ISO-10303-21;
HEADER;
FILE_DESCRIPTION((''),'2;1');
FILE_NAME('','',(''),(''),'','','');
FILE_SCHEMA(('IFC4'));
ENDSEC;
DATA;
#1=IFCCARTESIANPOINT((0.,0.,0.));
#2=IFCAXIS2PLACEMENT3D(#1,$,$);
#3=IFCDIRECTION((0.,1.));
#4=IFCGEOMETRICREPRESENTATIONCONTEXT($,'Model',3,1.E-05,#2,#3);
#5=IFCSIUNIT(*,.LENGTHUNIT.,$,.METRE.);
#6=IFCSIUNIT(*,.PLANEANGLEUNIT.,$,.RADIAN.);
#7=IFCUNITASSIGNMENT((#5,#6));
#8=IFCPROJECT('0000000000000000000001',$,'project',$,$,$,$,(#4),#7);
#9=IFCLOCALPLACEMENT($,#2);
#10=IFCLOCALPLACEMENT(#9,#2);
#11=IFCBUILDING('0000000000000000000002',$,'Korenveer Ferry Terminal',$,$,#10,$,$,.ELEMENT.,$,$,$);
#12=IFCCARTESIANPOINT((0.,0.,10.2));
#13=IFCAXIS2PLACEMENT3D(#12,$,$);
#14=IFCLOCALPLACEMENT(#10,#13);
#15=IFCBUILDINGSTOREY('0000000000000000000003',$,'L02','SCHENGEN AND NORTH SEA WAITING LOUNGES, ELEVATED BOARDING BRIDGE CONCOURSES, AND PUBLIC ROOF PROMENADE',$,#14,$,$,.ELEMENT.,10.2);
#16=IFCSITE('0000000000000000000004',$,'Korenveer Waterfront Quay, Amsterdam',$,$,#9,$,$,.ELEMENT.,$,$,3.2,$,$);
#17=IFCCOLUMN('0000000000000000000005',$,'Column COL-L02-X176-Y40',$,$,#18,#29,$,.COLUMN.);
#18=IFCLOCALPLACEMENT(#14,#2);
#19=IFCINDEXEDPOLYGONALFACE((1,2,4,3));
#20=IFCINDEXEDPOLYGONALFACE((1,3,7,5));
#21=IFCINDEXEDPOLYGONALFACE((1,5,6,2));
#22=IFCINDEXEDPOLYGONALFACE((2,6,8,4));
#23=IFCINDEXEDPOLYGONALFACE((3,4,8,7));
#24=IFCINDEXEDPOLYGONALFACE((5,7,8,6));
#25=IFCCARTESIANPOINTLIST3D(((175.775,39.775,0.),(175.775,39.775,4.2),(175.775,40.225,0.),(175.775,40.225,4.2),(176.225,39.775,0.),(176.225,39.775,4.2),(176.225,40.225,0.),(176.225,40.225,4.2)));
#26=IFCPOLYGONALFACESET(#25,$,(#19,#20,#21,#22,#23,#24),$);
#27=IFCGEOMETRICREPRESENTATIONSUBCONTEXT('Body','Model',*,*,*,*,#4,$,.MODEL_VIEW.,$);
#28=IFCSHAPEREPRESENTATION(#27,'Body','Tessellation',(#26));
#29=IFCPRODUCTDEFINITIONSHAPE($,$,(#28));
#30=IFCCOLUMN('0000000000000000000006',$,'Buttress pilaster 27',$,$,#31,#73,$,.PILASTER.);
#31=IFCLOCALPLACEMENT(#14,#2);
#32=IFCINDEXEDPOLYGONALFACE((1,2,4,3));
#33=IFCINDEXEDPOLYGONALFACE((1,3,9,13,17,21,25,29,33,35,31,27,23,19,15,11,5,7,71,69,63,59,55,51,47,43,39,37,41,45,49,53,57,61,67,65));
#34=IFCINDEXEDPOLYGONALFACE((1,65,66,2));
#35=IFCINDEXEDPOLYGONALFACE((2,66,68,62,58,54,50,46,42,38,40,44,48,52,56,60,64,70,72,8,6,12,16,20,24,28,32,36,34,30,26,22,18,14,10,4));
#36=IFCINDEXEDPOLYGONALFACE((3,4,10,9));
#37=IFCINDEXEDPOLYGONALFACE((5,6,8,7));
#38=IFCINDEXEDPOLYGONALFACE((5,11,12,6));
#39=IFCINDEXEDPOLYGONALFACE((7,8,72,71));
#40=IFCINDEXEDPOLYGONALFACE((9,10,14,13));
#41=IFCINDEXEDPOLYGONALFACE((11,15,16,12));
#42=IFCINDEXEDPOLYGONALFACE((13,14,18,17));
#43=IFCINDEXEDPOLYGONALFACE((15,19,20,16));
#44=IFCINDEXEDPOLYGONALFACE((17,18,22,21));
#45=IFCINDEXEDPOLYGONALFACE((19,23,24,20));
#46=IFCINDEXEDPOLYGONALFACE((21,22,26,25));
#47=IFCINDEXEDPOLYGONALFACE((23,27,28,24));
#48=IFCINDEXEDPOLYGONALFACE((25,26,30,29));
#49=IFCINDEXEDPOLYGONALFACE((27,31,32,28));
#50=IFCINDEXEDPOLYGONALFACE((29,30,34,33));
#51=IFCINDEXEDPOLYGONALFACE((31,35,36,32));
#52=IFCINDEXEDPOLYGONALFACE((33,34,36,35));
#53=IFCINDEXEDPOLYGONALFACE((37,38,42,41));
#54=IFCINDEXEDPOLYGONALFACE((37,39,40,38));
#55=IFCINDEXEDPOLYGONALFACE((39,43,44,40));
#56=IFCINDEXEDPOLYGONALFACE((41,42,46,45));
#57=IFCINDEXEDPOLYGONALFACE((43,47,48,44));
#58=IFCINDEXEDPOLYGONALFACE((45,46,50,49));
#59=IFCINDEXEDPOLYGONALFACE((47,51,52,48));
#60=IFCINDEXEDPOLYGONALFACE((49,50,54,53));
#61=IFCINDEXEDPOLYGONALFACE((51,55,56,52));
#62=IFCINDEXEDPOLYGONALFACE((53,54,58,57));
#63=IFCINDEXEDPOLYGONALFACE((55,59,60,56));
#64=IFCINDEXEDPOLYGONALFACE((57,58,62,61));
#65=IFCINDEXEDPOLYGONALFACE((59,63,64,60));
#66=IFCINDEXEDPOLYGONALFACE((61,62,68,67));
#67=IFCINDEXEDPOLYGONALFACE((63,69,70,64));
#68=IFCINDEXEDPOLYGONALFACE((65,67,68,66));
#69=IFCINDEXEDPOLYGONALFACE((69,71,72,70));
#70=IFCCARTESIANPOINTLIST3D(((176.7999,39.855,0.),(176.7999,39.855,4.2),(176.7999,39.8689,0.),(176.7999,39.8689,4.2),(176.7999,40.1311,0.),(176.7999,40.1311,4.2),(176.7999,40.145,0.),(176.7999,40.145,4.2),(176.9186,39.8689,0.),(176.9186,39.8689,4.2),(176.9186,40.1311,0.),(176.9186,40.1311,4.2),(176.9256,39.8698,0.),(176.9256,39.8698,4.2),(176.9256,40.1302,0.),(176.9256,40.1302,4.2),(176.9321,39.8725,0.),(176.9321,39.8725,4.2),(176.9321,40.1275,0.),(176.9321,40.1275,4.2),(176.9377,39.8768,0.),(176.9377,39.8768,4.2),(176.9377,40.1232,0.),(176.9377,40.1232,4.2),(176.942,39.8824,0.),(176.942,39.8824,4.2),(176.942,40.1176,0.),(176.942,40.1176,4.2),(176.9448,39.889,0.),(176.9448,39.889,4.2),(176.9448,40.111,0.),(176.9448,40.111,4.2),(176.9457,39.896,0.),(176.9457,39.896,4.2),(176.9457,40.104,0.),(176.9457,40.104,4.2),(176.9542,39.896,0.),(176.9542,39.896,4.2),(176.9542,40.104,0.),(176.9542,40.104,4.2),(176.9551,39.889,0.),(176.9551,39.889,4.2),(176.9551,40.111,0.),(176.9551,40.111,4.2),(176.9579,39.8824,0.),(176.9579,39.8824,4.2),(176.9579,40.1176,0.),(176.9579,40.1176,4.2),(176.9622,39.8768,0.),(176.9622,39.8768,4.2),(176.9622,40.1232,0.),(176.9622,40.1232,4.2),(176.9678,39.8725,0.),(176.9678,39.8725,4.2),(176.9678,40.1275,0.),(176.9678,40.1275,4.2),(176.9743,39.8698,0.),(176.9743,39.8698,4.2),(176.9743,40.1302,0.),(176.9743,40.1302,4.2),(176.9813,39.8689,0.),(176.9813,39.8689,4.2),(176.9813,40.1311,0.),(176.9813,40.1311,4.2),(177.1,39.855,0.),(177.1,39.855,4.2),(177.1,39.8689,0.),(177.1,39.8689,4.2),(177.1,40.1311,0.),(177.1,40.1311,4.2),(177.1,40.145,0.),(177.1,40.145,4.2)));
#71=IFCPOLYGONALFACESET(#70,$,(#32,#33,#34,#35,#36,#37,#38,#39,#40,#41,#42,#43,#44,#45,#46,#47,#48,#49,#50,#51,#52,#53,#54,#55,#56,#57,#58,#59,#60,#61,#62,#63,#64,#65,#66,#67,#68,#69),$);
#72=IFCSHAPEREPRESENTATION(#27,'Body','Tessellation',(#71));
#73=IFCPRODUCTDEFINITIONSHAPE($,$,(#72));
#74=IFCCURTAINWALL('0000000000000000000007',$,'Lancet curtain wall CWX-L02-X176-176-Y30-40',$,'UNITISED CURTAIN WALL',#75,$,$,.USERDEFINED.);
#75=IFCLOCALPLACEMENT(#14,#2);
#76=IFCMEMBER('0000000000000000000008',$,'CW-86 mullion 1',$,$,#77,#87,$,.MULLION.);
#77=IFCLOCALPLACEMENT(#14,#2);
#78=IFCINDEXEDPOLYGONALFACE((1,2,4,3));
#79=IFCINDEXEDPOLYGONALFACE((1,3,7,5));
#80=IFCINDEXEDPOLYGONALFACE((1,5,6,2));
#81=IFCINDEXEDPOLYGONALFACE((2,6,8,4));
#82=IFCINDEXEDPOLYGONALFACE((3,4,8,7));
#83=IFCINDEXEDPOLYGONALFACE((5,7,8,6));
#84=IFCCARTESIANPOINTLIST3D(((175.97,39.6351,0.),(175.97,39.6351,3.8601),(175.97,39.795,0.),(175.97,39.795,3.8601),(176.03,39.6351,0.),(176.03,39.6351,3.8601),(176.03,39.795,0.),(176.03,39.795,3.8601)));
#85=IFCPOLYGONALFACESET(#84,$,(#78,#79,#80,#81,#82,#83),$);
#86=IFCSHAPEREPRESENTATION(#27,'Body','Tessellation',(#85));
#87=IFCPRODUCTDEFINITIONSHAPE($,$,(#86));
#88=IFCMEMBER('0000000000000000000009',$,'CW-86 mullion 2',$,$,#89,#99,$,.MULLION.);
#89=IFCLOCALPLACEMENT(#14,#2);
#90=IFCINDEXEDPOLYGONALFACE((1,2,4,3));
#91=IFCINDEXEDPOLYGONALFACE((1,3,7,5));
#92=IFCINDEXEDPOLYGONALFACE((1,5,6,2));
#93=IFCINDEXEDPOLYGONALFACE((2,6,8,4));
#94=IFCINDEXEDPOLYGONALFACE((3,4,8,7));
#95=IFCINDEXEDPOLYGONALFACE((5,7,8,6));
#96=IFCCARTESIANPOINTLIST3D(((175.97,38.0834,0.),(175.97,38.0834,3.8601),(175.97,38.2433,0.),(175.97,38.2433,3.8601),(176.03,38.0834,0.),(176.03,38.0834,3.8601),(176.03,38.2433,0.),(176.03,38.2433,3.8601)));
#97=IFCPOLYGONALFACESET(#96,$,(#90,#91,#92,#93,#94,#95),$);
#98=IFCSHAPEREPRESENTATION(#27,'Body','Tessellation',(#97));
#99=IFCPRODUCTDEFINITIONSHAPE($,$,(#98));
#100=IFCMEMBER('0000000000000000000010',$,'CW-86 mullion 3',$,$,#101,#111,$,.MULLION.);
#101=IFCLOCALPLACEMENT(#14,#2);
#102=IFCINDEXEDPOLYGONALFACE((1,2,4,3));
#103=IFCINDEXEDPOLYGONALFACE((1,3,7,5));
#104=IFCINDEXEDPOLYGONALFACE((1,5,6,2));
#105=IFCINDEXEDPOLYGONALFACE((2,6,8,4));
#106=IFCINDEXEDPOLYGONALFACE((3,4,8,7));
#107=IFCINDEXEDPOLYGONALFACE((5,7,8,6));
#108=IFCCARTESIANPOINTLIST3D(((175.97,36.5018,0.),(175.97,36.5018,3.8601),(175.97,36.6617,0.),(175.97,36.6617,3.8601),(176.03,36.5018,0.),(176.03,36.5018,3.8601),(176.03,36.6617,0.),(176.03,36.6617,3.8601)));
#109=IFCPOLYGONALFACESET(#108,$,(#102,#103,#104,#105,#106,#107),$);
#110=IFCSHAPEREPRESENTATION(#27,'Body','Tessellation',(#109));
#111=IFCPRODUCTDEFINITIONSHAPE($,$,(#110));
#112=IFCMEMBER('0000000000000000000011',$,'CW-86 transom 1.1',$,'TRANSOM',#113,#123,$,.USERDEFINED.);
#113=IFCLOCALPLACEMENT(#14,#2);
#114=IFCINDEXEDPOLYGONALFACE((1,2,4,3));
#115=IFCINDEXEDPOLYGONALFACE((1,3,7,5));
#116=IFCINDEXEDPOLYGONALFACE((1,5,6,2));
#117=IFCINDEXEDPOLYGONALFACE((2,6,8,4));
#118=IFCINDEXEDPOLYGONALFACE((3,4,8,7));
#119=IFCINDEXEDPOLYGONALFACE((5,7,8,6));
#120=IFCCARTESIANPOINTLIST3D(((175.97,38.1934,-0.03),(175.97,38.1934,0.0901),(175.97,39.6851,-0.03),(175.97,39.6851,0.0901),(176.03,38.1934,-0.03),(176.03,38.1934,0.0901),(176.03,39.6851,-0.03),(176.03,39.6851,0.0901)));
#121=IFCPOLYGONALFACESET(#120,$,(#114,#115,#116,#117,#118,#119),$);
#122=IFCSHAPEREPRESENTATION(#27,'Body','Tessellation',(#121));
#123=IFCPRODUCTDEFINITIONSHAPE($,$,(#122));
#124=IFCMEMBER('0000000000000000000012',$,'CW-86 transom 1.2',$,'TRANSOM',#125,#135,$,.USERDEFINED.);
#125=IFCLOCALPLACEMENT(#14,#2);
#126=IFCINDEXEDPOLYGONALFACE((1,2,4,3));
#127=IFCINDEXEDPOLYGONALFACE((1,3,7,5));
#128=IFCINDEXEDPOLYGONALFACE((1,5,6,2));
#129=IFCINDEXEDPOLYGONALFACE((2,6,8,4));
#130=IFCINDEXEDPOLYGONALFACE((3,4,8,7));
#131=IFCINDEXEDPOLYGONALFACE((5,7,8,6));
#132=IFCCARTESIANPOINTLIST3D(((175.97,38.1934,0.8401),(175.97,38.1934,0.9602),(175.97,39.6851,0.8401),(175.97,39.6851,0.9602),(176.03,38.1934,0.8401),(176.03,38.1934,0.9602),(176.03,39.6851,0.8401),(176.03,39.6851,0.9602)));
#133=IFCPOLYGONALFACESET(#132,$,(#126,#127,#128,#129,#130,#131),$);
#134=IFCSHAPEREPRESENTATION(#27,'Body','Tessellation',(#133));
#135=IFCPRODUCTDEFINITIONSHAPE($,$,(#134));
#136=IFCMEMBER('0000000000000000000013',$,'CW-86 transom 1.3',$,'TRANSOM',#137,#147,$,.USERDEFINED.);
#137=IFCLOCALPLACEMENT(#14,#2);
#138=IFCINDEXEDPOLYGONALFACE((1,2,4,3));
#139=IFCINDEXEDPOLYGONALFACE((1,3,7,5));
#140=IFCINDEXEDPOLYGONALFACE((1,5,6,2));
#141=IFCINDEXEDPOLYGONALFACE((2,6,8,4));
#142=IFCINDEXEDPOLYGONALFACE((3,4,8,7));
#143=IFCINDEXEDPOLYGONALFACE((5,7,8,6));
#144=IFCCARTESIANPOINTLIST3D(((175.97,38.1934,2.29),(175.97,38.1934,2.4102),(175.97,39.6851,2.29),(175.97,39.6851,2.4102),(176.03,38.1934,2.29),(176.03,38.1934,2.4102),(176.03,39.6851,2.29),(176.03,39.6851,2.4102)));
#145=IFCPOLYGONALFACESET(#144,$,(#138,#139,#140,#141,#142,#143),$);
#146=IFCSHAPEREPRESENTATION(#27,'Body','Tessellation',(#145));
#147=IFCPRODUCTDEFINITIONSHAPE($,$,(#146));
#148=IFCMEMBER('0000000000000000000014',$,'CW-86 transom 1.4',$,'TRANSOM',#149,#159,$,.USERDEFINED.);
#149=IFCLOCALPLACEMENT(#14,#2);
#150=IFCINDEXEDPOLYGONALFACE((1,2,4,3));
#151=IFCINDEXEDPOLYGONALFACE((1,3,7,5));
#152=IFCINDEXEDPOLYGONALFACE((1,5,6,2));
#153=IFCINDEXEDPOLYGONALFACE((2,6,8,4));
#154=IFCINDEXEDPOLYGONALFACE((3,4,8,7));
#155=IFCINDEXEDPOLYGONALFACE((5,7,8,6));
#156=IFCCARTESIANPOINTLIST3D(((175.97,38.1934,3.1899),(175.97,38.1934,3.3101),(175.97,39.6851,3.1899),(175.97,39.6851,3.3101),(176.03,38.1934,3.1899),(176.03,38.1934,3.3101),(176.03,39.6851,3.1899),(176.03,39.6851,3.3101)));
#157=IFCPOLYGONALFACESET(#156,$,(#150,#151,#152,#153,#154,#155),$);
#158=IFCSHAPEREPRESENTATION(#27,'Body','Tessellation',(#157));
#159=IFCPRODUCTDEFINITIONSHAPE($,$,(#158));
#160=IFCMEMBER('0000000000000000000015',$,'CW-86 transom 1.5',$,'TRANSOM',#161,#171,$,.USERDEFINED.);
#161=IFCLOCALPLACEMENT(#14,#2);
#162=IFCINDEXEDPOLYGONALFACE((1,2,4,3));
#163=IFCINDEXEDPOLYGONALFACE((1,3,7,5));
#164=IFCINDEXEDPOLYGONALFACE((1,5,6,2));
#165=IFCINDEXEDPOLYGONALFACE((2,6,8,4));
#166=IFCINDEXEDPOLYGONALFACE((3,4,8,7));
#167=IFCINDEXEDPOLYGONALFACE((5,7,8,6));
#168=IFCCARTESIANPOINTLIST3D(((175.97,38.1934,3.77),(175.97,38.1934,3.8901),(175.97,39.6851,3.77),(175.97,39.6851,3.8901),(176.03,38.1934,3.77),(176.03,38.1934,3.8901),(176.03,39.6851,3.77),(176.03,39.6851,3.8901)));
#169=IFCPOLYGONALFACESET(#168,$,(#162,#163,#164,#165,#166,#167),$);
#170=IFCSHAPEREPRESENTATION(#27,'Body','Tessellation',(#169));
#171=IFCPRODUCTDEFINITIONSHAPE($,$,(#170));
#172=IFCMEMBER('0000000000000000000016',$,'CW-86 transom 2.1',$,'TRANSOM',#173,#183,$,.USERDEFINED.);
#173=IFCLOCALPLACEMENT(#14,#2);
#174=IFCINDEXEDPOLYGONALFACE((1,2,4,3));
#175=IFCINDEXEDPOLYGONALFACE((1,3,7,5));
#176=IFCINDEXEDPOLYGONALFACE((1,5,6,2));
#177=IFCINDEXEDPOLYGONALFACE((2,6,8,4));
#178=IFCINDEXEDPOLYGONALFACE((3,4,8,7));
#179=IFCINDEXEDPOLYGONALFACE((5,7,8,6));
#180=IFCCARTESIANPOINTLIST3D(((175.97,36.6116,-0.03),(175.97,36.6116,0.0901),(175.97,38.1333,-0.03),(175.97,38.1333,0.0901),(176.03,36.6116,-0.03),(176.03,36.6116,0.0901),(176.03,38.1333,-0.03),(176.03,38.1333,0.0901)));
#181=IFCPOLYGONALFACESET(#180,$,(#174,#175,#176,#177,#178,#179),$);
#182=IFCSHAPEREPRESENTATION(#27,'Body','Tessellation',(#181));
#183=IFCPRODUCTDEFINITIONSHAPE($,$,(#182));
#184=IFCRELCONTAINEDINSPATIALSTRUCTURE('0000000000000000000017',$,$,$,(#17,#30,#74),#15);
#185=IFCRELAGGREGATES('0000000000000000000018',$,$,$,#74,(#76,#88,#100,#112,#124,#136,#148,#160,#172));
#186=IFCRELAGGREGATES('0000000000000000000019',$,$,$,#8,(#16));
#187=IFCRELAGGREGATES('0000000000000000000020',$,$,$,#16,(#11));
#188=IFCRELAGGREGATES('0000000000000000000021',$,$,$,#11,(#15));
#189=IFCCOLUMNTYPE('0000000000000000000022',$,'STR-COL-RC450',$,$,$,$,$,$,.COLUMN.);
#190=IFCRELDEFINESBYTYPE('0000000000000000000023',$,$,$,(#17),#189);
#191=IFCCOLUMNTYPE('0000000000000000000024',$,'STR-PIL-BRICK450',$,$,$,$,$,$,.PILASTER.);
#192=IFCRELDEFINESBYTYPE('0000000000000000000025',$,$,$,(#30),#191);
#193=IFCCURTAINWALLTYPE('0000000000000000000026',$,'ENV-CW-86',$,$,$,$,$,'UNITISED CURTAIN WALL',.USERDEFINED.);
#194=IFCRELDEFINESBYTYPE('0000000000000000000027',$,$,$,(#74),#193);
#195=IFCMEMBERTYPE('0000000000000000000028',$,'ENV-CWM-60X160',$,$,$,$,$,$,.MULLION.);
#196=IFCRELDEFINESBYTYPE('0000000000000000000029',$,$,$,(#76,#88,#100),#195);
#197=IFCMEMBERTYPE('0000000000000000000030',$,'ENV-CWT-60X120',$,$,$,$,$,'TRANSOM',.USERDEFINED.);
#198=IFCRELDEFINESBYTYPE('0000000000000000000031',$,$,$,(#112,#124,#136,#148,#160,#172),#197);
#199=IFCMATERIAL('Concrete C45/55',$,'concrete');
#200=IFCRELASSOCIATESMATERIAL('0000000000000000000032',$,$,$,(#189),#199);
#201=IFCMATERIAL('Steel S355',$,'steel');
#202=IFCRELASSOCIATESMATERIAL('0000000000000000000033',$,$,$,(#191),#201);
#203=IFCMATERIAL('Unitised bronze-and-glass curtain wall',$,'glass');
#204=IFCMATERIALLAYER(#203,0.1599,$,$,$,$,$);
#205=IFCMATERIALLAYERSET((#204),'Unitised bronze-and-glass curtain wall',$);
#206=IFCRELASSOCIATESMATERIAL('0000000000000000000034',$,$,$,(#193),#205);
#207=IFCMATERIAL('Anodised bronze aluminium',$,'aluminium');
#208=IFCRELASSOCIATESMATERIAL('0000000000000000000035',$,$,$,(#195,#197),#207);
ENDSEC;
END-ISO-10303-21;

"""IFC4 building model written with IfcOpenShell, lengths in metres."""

from ifc_helpers import new_model, si_unit, direction, frame, origin, origin_2d, place, context, subcontext, project, spatial, rectangle, i_section, extrude, material, layer, layer_set, material_profile, profile_set, type_object, element, aggregate, save


model = new_model("IFC4")

# Units and contexts
model_context = context("Model", 3, precision=1e-05, world=origin(), true_north=direction((0.0, 1.0)))
body_context = subcontext(model_context, "Body", "Model", "MODEL_VIEW")
ifc_project = project(units=[si_unit("LENGTHUNIT", "METRE"), si_unit("PLANEANGLEUNIT", "RADIAN")], contexts=[model_context])

# Site, building, storey
site_placement = place(None, origin())
site = spatial("IfcSite", under=ifc_project, at=site_placement, Name="Korenveer Waterfront Quay, Amsterdam", CompositionType="ELEMENT", RefElevation=3.2)
building_placement = place(site_placement, origin())
building = spatial("IfcBuilding", under=site, at=building_placement, Name="Korenveer Ferry Terminal", CompositionType="ELEMENT")
storey_placement = place(building_placement, frame((0.0, 0.0, 10.2)))
storey = spatial("IfcBuildingStorey", under=building, at=storey_placement, Name="L02", Description="SCHENGEN AND NORTH SEA WAITING LOUNGES, ELEVATED BOARDING BRIDGE CONCOURSES, AND PUBLIC ROOF PROMENADE", CompositionType="ELEMENT", Elevation=10.2)

# Columns
ifc_material_1 = material(Name="Concrete C45/55", Category="concrete")
ifc_material_profile_1 = material_profile(ifc_material_1, rectangle(XDim=0.45, YDim=0.45, at=origin_2d()), Name="RC 450x450")
ifc_profile_set_1 = profile_set([ifc_material_profile_1], Name="Concrete C45/55")
column_type_1 = type_object("IfcColumnType", Name="STR-COL-RC450", PredefinedType="COLUMN", material=ifc_profile_set_1)
column_1_placement = place(storey_placement, frame((176.0, 40.0, 0.0), z_axis=(0.0, 0.0, 1.0), x_axis=(1.0, 0.0, 0.0)))
element("IfcColumn", 1, at=column_1_placement, inside=storey, type_object=column_type_1, Name="Column COL-L02-X176-Y40", PredefinedType="COLUMN", context=body_context, shape_type="SweptSolid", body=[
    extrude(rectangle(XDim=0.45, YDim=0.45, at=origin_2d()), origin(), (0.0, 0.0, 1.0), 4.2),
])
ifc_material_2 = material(Name="Steel S355", Category="steel")
ifc_material_profile_2 = material_profile(ifc_material_2, i_section(OverallWidth=0.3, OverallDepth=0.29, WebThickness=0.0085, FlangeThickness=0.0139, FilletRadius=0.0271, at=origin_2d()), Name="HEA 300")
ifc_profile_set_2 = profile_set([ifc_material_profile_2], Name="Steel S355")
column_type_2 = type_object("IfcColumnType", Name="STR-PIL-BRICK450", PredefinedType="PILASTER", material=ifc_profile_set_2)
column_2_placement = place(storey_placement, frame((176.95, 40.0, 0.0), z_axis=(0.0, 0.0, 1.0), x_axis=(1.0, 0.0, 0.0)))
element("IfcColumn", 2, at=column_2_placement, inside=storey, type_object=column_type_2, Name="Buttress pilaster 27", PredefinedType="PILASTER", context=body_context, shape_type="SweptSolid", body=[
    extrude(i_section(OverallWidth=0.3, OverallDepth=0.29, WebThickness=0.0085, FlangeThickness=0.0139, FilletRadius=0.0271, at=origin_2d()), origin(), (0.0, 0.0, 1.0), 4.2),
])

# Curtain wall, members
ifc_material_3 = material(Name="Unitised bronze-and-glass curtain wall", Category="glass")
ifc_layer_1 = layer(ifc_material_3, 0.1599)
ifc_layer_set_1 = layer_set([ifc_layer_1], Name="Unitised bronze-and-glass curtain wall")
curtain_wall_type = type_object("IfcCurtainWallType", Name="ENV-CW-86", ElementType="UNITISED CURTAIN WALL", PredefinedType="USERDEFINED", material=ifc_layer_set_1)
curtain_wall_placement = place(storey_placement, frame((176.0, 39.7451, 0.0)))
curtain_wall = element("IfcCurtainWall", 3, at=curtain_wall_placement, inside=storey, type_object=curtain_wall_type, Name="Lancet curtain wall CWX-L02-X176-176-Y30-40", ObjectType="UNITISED CURTAIN WALL", PredefinedType="USERDEFINED")
ifc_material_4 = material(Name="Anodised bronze aluminium", Category="aluminium")
ifc_material_profile_3 = material_profile(ifc_material_4, rectangle(XDim=0.0601, YDim=0.1599, at=origin_2d()), Name="ALU 60x160")
ifc_profile_set_3 = profile_set([ifc_material_profile_3], Name="Anodised bronze aluminium")
member_type_1 = type_object("IfcMemberType", Name="ENV-CWM-60X160", PredefinedType="MULLION", material=ifc_profile_set_3)
member_1_placement = place(storey_placement, frame((176.0, 39.7151, 0.0), z_axis=(0.0, 0.0, 1.0), x_axis=(1.0, 0.0, 0.0)))
member_1 = element("IfcMember", 4, at=member_1_placement, type_object=member_type_1, Name="CW-86 mullion 1", PredefinedType="MULLION", context=body_context, shape_type="SweptSolid", body=[
    extrude(rectangle(XDim=0.0601, YDim=0.1599, at=origin_2d()), origin(), (0.0, 0.0, 1.0), 3.8601),
])
member_2_placement = place(storey_placement, frame((176.0, 38.1633, 0.0), z_axis=(0.0, 0.0, 1.0), x_axis=(1.0, 0.0, 0.0)))
member_2 = element("IfcMember", 5, at=member_2_placement, type_object=member_type_1, Name="CW-86 mullion 2", PredefinedType="MULLION", context=body_context, shape_type="SweptSolid", body=[
    extrude(rectangle(XDim=0.0601, YDim=0.1599, at=origin_2d()), origin(), (0.0, 0.0, 1.0), 3.8601),
])
member_3_placement = place(storey_placement, frame((176.0, 36.5818, 0.0), z_axis=(0.0, 0.0, 1.0), x_axis=(1.0, 0.0, 0.0)))
member_3 = element("IfcMember", 6, at=member_3_placement, type_object=member_type_1, Name="CW-86 mullion 3", PredefinedType="MULLION", context=body_context, shape_type="SweptSolid", body=[
    extrude(rectangle(XDim=0.0601, YDim=0.1599, at=origin_2d()), origin(), (0.0, 0.0, 1.0), 3.8601),
])
ifc_material_profile_4 = material_profile(ifc_material_4, rectangle(XDim=0.0601, YDim=0.1201, at=origin_2d()), Name="ALU 60x120")
ifc_profile_set_4 = profile_set([ifc_material_profile_4], Name="Anodised bronze aluminium")
member_type_2 = type_object("IfcMemberType", Name="ENV-CWT-60X120", ElementType="TRANSOM", PredefinedType="USERDEFINED", material=ifc_profile_set_4)
member_4_placement = place(storey_placement, frame((176.0, 39.6851, 0.03), z_axis=(0.0, -1.0, 0.0), x_axis=(1.0, 0.0, 0.0)))
member_4 = element("IfcMember", 7, at=member_4_placement, type_object=member_type_2, Name="CW-86 transom 1.1", ObjectType="TRANSOM", PredefinedType="USERDEFINED", context=body_context, shape_type="SweptSolid", body=[
    extrude(rectangle(XDim=0.0601, YDim=0.1201, at=origin_2d()), origin(), (0.0, 0.0, 1.0), 1.4917),
])
member_5_placement = place(storey_placement, frame((176.0, 39.6851, 0.9001), z_axis=(0.0, -1.0, 0.0), x_axis=(1.0, 0.0, 0.0)))
member_5 = element("IfcMember", 8, at=member_5_placement, type_object=member_type_2, Name="CW-86 transom 1.2", ObjectType="TRANSOM", PredefinedType="USERDEFINED", context=body_context, shape_type="SweptSolid", body=[
    extrude(rectangle(XDim=0.0601, YDim=0.1201, at=origin_2d()), origin(), (0.0, 0.0, 1.0), 1.4917),
])
member_6_placement = place(storey_placement, frame((176.0, 39.6851, 2.3501), z_axis=(0.0, -1.0, 0.0), x_axis=(1.0, 0.0, 0.0)))
member_6 = element("IfcMember", 9, at=member_6_placement, type_object=member_type_2, Name="CW-86 transom 1.3", ObjectType="TRANSOM", PredefinedType="USERDEFINED", context=body_context, shape_type="SweptSolid", body=[
    extrude(rectangle(XDim=0.0601, YDim=0.1201, at=origin_2d()), origin(), (0.0, 0.0, 1.0), 1.4917),
])
member_7_placement = place(storey_placement, frame((176.0, 39.6851, 3.25), z_axis=(0.0, -1.0, 0.0), x_axis=(1.0, 0.0, 0.0)))
member_7 = element("IfcMember", 10, at=member_7_placement, type_object=member_type_2, Name="CW-86 transom 1.4", ObjectType="TRANSOM", PredefinedType="USERDEFINED", context=body_context, shape_type="SweptSolid", body=[
    extrude(rectangle(XDim=0.0601, YDim=0.1201, at=origin_2d()), origin(), (0.0, 0.0, 1.0), 1.4917),
])
member_8_placement = place(storey_placement, frame((176.0, 39.6851, 3.8301), z_axis=(0.0, -1.0, 0.0), x_axis=(1.0, 0.0, 0.0)))
member_8 = element("IfcMember", 11, at=member_8_placement, type_object=member_type_2, Name="CW-86 transom 1.5", ObjectType="TRANSOM", PredefinedType="USERDEFINED", context=body_context, shape_type="SweptSolid", body=[
    extrude(rectangle(XDim=0.0601, YDim=0.1201, at=origin_2d()), origin(), (0.0, 0.0, 1.0), 1.4917),
])
member_9_placement = place(storey_placement, frame((176.0, 38.1333, 0.03), z_axis=(0.0, -1.0, 0.0), x_axis=(1.0, 0.0, 0.0)))
member_9 = element("IfcMember", 12, at=member_9_placement, type_object=member_type_2, Name="CW-86 transom 2.1", ObjectType="TRANSOM", PredefinedType="USERDEFINED", context=body_context, shape_type="SweptSolid", body=[
    extrude(rectangle(XDim=0.0601, YDim=0.1201, at=origin_2d()), origin(), (0.0, 0.0, 1.0), 1.5217),
])

aggregate(curtain_wall, [member_1, member_2, member_3, member_4, member_5, member_6, member_7, member_8, member_9])

save(model, "model.ifc")
